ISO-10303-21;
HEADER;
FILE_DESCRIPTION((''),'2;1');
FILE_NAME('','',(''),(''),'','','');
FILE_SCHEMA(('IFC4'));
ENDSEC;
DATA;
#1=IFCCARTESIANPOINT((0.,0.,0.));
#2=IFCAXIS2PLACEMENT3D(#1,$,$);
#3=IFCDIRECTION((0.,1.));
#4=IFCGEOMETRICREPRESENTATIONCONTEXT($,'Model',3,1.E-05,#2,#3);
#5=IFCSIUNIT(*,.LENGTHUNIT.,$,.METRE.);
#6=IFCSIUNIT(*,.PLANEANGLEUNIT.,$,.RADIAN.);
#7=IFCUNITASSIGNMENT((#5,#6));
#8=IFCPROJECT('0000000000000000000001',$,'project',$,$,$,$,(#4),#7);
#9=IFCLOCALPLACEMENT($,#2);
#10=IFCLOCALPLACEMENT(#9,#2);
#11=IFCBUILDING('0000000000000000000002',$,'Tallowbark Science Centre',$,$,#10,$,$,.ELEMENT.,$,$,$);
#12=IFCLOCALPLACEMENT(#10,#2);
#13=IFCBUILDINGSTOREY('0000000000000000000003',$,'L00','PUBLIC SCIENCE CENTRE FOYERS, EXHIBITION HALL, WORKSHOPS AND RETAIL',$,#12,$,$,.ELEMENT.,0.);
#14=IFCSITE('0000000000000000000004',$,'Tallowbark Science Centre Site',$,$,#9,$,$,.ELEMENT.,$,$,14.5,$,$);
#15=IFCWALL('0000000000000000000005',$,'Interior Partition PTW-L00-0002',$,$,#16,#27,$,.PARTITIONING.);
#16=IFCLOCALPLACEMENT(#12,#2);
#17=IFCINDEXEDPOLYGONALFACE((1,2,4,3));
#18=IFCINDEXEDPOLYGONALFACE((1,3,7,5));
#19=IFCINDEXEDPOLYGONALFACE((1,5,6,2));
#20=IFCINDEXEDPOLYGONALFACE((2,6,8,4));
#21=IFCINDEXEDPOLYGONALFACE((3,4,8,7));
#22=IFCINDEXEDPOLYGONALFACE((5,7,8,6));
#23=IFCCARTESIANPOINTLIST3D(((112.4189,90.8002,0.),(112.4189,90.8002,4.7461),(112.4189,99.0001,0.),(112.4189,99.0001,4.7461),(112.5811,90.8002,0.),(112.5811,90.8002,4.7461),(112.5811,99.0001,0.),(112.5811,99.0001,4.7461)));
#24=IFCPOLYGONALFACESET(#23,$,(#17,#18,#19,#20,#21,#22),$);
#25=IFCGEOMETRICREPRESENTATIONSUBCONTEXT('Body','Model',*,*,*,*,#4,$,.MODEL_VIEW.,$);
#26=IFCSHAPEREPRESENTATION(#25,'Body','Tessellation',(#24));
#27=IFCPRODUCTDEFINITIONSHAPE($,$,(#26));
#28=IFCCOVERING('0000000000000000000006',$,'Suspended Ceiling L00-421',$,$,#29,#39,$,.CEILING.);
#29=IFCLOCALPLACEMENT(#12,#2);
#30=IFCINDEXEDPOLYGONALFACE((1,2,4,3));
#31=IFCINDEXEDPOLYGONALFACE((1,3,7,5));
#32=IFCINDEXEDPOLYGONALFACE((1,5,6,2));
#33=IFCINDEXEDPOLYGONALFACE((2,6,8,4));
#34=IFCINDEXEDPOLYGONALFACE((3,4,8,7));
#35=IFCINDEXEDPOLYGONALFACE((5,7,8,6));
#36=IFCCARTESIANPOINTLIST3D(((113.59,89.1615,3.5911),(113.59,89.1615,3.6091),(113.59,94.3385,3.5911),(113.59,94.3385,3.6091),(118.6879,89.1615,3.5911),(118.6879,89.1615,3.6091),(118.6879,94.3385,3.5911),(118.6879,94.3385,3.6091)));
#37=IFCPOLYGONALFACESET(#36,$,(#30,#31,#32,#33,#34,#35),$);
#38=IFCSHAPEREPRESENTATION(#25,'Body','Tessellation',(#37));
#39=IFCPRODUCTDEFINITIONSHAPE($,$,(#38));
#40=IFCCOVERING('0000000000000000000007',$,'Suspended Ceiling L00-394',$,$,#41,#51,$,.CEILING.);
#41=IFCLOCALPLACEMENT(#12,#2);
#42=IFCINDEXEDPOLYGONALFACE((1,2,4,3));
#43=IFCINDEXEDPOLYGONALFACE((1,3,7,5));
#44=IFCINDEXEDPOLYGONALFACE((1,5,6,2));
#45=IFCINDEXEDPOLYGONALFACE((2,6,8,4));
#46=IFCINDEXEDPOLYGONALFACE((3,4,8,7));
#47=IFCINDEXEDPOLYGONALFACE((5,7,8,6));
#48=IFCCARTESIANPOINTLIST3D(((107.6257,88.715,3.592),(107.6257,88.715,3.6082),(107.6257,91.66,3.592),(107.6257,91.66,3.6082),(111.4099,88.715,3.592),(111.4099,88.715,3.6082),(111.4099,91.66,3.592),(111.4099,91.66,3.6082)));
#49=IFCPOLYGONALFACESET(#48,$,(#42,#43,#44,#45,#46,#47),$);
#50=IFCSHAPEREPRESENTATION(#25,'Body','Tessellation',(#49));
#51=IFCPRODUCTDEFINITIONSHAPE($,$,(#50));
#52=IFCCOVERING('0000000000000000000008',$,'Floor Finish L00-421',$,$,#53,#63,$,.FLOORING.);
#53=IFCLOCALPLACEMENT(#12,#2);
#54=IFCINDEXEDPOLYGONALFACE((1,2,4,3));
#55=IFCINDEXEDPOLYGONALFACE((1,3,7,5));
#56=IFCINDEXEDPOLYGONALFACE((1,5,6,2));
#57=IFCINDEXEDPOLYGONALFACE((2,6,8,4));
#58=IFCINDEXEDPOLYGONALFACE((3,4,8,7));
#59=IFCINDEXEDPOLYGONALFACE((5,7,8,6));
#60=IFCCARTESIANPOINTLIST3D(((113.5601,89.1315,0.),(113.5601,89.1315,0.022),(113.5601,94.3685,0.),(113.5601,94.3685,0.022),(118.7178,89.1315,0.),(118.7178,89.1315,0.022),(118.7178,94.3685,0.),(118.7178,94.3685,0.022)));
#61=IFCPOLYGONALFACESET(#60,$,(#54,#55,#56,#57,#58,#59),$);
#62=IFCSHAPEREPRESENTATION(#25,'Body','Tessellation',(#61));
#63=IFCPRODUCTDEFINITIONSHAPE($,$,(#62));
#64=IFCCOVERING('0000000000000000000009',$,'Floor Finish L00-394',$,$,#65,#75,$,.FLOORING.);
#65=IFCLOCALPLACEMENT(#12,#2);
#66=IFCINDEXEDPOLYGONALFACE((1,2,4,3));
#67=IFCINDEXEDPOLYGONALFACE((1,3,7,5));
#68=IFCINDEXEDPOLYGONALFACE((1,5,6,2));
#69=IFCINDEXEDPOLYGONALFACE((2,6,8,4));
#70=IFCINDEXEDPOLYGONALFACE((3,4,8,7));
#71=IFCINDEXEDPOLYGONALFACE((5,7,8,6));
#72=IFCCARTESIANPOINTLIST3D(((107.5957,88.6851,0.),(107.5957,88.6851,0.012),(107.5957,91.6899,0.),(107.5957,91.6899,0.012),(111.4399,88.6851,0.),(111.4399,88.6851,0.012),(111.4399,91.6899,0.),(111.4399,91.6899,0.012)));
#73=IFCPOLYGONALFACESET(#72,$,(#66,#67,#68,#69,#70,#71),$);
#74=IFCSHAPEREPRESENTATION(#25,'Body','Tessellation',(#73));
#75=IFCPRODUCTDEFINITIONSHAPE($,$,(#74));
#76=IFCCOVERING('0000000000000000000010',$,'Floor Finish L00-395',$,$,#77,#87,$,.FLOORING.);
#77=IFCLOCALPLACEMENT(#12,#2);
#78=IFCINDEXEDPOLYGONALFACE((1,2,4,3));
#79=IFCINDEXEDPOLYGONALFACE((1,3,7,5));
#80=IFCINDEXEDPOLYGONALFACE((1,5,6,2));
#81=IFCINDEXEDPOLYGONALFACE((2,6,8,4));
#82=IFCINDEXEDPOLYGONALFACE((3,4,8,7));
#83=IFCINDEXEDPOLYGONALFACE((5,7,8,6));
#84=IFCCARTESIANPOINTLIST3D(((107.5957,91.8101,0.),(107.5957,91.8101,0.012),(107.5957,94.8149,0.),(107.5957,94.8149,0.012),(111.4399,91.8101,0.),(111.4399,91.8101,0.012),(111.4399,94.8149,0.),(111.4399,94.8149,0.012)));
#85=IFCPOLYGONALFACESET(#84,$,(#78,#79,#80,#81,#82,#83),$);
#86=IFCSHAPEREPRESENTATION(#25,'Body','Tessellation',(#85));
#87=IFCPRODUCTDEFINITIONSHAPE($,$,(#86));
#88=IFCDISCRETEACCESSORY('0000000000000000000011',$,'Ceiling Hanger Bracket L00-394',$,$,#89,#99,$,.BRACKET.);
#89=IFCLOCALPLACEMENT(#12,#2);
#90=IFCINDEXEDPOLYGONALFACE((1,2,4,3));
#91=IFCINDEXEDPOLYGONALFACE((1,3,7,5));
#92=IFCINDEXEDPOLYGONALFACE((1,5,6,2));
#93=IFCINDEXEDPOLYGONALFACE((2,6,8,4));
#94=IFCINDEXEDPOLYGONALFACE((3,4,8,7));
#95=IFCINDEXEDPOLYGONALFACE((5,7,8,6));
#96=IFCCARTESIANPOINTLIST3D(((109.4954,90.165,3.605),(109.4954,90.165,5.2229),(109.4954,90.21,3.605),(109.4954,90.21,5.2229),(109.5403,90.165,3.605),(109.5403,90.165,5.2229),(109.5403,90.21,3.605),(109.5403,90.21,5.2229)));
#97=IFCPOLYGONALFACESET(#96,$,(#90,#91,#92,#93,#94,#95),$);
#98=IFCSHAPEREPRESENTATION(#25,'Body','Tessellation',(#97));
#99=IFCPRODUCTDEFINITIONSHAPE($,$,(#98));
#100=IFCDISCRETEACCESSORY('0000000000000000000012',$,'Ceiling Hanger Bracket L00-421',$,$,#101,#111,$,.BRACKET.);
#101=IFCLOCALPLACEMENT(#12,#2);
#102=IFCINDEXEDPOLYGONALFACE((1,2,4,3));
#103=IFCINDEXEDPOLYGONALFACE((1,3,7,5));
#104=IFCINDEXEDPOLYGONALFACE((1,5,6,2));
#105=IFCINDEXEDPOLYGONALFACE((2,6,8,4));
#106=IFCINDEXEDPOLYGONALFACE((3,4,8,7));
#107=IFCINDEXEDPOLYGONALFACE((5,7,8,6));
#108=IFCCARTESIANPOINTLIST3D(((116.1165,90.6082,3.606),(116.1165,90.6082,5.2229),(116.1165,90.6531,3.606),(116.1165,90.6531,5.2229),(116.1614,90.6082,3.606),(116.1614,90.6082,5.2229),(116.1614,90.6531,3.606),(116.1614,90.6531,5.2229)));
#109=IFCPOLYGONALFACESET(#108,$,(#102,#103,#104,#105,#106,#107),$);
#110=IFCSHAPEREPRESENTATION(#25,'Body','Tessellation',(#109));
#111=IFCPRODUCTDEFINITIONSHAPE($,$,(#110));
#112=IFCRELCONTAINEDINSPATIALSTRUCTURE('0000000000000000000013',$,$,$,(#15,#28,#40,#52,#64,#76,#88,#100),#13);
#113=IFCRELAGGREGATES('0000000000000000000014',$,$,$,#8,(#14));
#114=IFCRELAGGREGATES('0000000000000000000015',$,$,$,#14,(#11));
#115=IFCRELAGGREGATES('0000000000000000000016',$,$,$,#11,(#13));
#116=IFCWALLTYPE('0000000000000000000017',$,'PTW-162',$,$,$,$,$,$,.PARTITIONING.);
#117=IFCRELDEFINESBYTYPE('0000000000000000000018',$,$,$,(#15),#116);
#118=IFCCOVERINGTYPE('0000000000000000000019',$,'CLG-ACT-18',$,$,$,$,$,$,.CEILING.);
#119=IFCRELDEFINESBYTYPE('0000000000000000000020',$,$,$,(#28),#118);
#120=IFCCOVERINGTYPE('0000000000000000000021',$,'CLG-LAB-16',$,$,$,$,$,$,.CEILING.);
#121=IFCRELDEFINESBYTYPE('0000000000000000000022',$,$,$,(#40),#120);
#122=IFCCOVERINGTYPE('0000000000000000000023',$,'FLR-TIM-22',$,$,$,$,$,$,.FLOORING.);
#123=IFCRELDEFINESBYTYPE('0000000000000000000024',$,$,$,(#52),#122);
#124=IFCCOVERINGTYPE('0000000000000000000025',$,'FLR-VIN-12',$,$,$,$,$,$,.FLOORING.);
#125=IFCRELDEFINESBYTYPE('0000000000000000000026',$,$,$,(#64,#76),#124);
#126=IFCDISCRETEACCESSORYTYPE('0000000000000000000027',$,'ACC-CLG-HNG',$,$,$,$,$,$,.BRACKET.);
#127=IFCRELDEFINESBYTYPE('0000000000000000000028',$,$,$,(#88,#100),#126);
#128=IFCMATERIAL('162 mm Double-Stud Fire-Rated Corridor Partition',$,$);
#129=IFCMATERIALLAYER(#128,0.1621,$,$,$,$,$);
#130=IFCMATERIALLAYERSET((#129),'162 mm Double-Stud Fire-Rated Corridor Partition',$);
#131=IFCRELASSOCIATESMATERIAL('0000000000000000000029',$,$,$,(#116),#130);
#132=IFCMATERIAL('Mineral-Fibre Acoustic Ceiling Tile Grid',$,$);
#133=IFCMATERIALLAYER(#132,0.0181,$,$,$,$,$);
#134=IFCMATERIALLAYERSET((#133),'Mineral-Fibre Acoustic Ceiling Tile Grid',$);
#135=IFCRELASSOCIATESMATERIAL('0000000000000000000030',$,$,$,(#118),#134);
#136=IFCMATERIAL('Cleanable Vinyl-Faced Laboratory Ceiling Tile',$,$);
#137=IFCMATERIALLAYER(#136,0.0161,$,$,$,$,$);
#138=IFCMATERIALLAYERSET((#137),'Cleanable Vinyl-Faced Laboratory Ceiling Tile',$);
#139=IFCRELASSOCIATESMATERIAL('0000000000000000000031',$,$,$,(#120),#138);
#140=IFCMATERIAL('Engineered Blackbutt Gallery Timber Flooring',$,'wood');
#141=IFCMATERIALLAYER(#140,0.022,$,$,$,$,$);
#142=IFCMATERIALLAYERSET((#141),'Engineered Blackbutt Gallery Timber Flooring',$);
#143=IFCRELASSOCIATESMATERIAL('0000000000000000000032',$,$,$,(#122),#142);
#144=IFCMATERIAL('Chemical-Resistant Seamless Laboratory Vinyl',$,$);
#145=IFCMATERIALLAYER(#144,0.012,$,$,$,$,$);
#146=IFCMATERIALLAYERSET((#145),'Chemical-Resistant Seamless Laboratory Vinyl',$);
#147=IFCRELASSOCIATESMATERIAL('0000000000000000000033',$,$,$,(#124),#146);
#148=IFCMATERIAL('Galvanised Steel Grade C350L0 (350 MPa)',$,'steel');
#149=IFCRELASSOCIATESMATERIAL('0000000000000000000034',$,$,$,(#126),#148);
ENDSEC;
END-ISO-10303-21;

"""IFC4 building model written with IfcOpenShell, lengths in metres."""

from ifc_helpers import new_model, si_unit, direction, frame, frame_2d, origin, origin_2d, place, context, subcontext, project, spatial, rectangle, extrude, material, layer, layer_set, type_object, element, save


model = new_model("IFC4")

# Units and contexts
model_context = context("Model", 3, precision=1e-05, world=origin(), true_north=direction((0.0, 1.0)))
body_context = subcontext(model_context, "Body", "Model", "MODEL_VIEW")
ifc_project = project(units=[si_unit("LENGTHUNIT", "METRE"), si_unit("PLANEANGLEUNIT", "RADIAN")], contexts=[model_context])

# Site, building, storey
site_placement = place(None, origin())
site = spatial("IfcSite", under=ifc_project, at=site_placement, Name="Tallowbark Science Centre Site", CompositionType="ELEMENT", RefElevation=14.5)
building_placement = place(site_placement, origin())
building = spatial("IfcBuilding", under=site, at=building_placement, Name="Tallowbark Science Centre", CompositionType="ELEMENT")
storey_placement = place(building_placement, origin())
storey = spatial("IfcBuildingStorey", under=building, at=storey_placement, Name="L00", Description="PUBLIC SCIENCE CENTRE FOYERS, EXHIBITION HALL, WORKSHOPS AND RETAIL", CompositionType="ELEMENT", Elevation=0.0)

# Wall
ifc_material_1 = material(Name="162 mm Double-Stud Fire-Rated Corridor Partition")
ifc_layer_1 = layer(ifc_material_1, 0.1621)
ifc_layer_set_1 = layer_set([ifc_layer_1], Name="162 mm Double-Stud Fire-Rated Corridor Partition")
wall_type_1 = type_object("IfcWallType", Name="PTW-162", PredefinedType="PARTITIONING", material=ifc_layer_set_1)
wall_1_placement = place(storey_placement, frame((112.5, 90.8, 0.0), z_axis=(0.0, 0.0, 1.0), x_axis=(0.0, 1.0, 0.0)))
element("IfcWall", 1, at=wall_1_placement, inside=storey, type_object=wall_type_1, Name="Interior Partition PTW-L00-0002", PredefinedType="PARTITIONING", context=body_context, shape_type="SweptSolid", body=[
    extrude(rectangle(XDim=8.2, YDim=0.1621, at=frame_2d((4.1001, 0.0))), origin(), (0.0, 0.0, 1.0), 4.7461),
])

# Coverings
ifc_material_2 = material(Name="Mineral-Fibre Acoustic Ceiling Tile Grid")
ifc_layer_2 = layer(ifc_material_2, 0.0181)
ifc_layer_set_2 = layer_set([ifc_layer_2], Name="Mineral-Fibre Acoustic Ceiling Tile Grid")
covering_type_1 = type_object("IfcCoveringType", Name="CLG-ACT-18", PredefinedType="CEILING", material=ifc_layer_set_2)
covering_1_placement = place(storey_placement, frame((116.1389, 91.75, 3.5911), z_axis=(0.0, 0.0, 1.0), x_axis=(1.0, 0.0, 0.0)))
element("IfcCovering", 2, at=covering_1_placement, inside=storey, type_object=covering_type_1, Name="Suspended Ceiling L00-421", PredefinedType="CEILING", context=body_context, shape_type="SweptSolid", body=[
    extrude(rectangle(XDim=5.0979, YDim=5.177, at=origin_2d()), origin(), (0.0, 0.0, 1.0), 0.0181),
])
ifc_material_3 = material(Name="Cleanable Vinyl-Faced Laboratory Ceiling Tile")
ifc_layer_3 = layer(ifc_material_3, 0.0161)
ifc_layer_set_3 = layer_set([ifc_layer_3], Name="Cleanable Vinyl-Faced Laboratory Ceiling Tile")
covering_type_2 = type_object("IfcCoveringType", Name="CLG-LAB-16", PredefinedType="CEILING", material=ifc_layer_set_3)
covering_2_placement = place(storey_placement, frame((109.5178, 90.1875, 3.592), z_axis=(0.0, 0.0, 1.0), x_axis=(1.0, 0.0, 0.0)))
element("IfcCovering", 3, at=covering_2_placement, inside=storey, type_object=covering_type_2, Name="Suspended Ceiling L00-394", PredefinedType="CEILING", context=body_context, shape_type="SweptSolid", body=[
    extrude(rectangle(XDim=3.7842, YDim=2.9451, at=origin_2d()), origin(), (0.0, 0.0, 1.0), 0.0161),
])
ifc_material_4 = material(Name="Engineered Blackbutt Gallery Timber Flooring", Category="wood")
ifc_layer_4 = layer(ifc_material_4, 0.022)
ifc_layer_set_4 = layer_set([ifc_layer_4], Name="Engineered Blackbutt Gallery Timber Flooring")
covering_type_3 = type_object("IfcCoveringType", Name="FLR-TIM-22", PredefinedType="FLOORING", material=ifc_layer_set_4)
covering_3_placement = place(storey_placement, frame((116.1389, 91.75, 0.0), z_axis=(0.0, 0.0, 1.0), x_axis=(1.0, 0.0, 0.0)))
element("IfcCovering", 4, at=covering_3_placement, inside=storey, type_object=covering_type_3, Name="Floor Finish L00-421", PredefinedType="FLOORING", context=body_context, shape_type="SweptSolid", body=[
    extrude(rectangle(XDim=5.1577, YDim=5.2371, at=origin_2d()), origin(), (0.0, 0.0, 1.0), 0.022),
])
ifc_material_5 = material(Name="Chemical-Resistant Seamless Laboratory Vinyl")
ifc_layer_5 = layer(ifc_material_5, 0.012)
ifc_layer_set_5 = layer_set([ifc_layer_5], Name="Chemical-Resistant Seamless Laboratory Vinyl")
covering_type_4 = type_object("IfcCoveringType", Name="FLR-VIN-12", PredefinedType="FLOORING", material=ifc_layer_set_5)
for number, where, z_axis, x_axis, name in (
    (5, (109.5178, 90.1875, 0.0), (0.0, 0.0, 1.0), (1.0, 0.0, 0.0), "Floor Finish L00-394"),
    (6, (109.5178, 93.3125, 0.0), (0.0, 0.0, 1.0), (1.0, 0.0, 0.0), "Floor Finish L00-395"),
):
    element("IfcCovering", number, at=place(storey_placement, frame(where, z_axis=z_axis, x_axis=x_axis)), inside=storey, type_object=covering_type_4, Name=name, PredefinedType="FLOORING", context=body_context, shape_type="SweptSolid", body=[
        extrude(rectangle(XDim=3.8442, YDim=3.0049, at=origin_2d()), origin(), (0.0, 0.0, 1.0), 0.012),
    ])

# Discrete accessories
ifc_material_6 = material(Name="Galvanised Steel Grade C350L0 (350 MPa)", Category="steel")
discrete_accessory_type = type_object("IfcDiscreteAccessoryType", Name="ACC-CLG-HNG", PredefinedType="BRACKET", material=ifc_material_6)
discrete_accessory_1_placement = place(storey_placement, frame((109.5178, 90.1875, 3.605), z_axis=(0.0, 0.0, 1.0), x_axis=(1.0, 0.0, 0.0)))
element("IfcDiscreteAccessory", 7, at=discrete_accessory_1_placement, inside=storey, type_object=discrete_accessory_type, Name="Ceiling Hanger Bracket L00-394", PredefinedType="BRACKET", context=body_context, shape_type="SweptSolid", body=[
    extrude(rectangle(XDim=0.0449, YDim=0.0449, at=origin_2d()), origin(), (0.0, 0.0, 1.0), 1.6179),
])
discrete_accessory_2_placement = place(storey_placement, frame((116.1389, 90.6306, 3.606), z_axis=(0.0, 0.0, 1.0), x_axis=(1.0, 0.0, 0.0)))
element("IfcDiscreteAccessory", 8, at=discrete_accessory_2_placement, inside=storey, type_object=discrete_accessory_type, Name="Ceiling Hanger Bracket L00-421", PredefinedType="BRACKET", context=body_context, shape_type="SweptSolid", body=[
    extrude(rectangle(XDim=0.0449, YDim=0.0449, at=origin_2d()), origin(), (0.0, 0.0, 1.0), 1.6169),
])

save(model, "model.ifc")
